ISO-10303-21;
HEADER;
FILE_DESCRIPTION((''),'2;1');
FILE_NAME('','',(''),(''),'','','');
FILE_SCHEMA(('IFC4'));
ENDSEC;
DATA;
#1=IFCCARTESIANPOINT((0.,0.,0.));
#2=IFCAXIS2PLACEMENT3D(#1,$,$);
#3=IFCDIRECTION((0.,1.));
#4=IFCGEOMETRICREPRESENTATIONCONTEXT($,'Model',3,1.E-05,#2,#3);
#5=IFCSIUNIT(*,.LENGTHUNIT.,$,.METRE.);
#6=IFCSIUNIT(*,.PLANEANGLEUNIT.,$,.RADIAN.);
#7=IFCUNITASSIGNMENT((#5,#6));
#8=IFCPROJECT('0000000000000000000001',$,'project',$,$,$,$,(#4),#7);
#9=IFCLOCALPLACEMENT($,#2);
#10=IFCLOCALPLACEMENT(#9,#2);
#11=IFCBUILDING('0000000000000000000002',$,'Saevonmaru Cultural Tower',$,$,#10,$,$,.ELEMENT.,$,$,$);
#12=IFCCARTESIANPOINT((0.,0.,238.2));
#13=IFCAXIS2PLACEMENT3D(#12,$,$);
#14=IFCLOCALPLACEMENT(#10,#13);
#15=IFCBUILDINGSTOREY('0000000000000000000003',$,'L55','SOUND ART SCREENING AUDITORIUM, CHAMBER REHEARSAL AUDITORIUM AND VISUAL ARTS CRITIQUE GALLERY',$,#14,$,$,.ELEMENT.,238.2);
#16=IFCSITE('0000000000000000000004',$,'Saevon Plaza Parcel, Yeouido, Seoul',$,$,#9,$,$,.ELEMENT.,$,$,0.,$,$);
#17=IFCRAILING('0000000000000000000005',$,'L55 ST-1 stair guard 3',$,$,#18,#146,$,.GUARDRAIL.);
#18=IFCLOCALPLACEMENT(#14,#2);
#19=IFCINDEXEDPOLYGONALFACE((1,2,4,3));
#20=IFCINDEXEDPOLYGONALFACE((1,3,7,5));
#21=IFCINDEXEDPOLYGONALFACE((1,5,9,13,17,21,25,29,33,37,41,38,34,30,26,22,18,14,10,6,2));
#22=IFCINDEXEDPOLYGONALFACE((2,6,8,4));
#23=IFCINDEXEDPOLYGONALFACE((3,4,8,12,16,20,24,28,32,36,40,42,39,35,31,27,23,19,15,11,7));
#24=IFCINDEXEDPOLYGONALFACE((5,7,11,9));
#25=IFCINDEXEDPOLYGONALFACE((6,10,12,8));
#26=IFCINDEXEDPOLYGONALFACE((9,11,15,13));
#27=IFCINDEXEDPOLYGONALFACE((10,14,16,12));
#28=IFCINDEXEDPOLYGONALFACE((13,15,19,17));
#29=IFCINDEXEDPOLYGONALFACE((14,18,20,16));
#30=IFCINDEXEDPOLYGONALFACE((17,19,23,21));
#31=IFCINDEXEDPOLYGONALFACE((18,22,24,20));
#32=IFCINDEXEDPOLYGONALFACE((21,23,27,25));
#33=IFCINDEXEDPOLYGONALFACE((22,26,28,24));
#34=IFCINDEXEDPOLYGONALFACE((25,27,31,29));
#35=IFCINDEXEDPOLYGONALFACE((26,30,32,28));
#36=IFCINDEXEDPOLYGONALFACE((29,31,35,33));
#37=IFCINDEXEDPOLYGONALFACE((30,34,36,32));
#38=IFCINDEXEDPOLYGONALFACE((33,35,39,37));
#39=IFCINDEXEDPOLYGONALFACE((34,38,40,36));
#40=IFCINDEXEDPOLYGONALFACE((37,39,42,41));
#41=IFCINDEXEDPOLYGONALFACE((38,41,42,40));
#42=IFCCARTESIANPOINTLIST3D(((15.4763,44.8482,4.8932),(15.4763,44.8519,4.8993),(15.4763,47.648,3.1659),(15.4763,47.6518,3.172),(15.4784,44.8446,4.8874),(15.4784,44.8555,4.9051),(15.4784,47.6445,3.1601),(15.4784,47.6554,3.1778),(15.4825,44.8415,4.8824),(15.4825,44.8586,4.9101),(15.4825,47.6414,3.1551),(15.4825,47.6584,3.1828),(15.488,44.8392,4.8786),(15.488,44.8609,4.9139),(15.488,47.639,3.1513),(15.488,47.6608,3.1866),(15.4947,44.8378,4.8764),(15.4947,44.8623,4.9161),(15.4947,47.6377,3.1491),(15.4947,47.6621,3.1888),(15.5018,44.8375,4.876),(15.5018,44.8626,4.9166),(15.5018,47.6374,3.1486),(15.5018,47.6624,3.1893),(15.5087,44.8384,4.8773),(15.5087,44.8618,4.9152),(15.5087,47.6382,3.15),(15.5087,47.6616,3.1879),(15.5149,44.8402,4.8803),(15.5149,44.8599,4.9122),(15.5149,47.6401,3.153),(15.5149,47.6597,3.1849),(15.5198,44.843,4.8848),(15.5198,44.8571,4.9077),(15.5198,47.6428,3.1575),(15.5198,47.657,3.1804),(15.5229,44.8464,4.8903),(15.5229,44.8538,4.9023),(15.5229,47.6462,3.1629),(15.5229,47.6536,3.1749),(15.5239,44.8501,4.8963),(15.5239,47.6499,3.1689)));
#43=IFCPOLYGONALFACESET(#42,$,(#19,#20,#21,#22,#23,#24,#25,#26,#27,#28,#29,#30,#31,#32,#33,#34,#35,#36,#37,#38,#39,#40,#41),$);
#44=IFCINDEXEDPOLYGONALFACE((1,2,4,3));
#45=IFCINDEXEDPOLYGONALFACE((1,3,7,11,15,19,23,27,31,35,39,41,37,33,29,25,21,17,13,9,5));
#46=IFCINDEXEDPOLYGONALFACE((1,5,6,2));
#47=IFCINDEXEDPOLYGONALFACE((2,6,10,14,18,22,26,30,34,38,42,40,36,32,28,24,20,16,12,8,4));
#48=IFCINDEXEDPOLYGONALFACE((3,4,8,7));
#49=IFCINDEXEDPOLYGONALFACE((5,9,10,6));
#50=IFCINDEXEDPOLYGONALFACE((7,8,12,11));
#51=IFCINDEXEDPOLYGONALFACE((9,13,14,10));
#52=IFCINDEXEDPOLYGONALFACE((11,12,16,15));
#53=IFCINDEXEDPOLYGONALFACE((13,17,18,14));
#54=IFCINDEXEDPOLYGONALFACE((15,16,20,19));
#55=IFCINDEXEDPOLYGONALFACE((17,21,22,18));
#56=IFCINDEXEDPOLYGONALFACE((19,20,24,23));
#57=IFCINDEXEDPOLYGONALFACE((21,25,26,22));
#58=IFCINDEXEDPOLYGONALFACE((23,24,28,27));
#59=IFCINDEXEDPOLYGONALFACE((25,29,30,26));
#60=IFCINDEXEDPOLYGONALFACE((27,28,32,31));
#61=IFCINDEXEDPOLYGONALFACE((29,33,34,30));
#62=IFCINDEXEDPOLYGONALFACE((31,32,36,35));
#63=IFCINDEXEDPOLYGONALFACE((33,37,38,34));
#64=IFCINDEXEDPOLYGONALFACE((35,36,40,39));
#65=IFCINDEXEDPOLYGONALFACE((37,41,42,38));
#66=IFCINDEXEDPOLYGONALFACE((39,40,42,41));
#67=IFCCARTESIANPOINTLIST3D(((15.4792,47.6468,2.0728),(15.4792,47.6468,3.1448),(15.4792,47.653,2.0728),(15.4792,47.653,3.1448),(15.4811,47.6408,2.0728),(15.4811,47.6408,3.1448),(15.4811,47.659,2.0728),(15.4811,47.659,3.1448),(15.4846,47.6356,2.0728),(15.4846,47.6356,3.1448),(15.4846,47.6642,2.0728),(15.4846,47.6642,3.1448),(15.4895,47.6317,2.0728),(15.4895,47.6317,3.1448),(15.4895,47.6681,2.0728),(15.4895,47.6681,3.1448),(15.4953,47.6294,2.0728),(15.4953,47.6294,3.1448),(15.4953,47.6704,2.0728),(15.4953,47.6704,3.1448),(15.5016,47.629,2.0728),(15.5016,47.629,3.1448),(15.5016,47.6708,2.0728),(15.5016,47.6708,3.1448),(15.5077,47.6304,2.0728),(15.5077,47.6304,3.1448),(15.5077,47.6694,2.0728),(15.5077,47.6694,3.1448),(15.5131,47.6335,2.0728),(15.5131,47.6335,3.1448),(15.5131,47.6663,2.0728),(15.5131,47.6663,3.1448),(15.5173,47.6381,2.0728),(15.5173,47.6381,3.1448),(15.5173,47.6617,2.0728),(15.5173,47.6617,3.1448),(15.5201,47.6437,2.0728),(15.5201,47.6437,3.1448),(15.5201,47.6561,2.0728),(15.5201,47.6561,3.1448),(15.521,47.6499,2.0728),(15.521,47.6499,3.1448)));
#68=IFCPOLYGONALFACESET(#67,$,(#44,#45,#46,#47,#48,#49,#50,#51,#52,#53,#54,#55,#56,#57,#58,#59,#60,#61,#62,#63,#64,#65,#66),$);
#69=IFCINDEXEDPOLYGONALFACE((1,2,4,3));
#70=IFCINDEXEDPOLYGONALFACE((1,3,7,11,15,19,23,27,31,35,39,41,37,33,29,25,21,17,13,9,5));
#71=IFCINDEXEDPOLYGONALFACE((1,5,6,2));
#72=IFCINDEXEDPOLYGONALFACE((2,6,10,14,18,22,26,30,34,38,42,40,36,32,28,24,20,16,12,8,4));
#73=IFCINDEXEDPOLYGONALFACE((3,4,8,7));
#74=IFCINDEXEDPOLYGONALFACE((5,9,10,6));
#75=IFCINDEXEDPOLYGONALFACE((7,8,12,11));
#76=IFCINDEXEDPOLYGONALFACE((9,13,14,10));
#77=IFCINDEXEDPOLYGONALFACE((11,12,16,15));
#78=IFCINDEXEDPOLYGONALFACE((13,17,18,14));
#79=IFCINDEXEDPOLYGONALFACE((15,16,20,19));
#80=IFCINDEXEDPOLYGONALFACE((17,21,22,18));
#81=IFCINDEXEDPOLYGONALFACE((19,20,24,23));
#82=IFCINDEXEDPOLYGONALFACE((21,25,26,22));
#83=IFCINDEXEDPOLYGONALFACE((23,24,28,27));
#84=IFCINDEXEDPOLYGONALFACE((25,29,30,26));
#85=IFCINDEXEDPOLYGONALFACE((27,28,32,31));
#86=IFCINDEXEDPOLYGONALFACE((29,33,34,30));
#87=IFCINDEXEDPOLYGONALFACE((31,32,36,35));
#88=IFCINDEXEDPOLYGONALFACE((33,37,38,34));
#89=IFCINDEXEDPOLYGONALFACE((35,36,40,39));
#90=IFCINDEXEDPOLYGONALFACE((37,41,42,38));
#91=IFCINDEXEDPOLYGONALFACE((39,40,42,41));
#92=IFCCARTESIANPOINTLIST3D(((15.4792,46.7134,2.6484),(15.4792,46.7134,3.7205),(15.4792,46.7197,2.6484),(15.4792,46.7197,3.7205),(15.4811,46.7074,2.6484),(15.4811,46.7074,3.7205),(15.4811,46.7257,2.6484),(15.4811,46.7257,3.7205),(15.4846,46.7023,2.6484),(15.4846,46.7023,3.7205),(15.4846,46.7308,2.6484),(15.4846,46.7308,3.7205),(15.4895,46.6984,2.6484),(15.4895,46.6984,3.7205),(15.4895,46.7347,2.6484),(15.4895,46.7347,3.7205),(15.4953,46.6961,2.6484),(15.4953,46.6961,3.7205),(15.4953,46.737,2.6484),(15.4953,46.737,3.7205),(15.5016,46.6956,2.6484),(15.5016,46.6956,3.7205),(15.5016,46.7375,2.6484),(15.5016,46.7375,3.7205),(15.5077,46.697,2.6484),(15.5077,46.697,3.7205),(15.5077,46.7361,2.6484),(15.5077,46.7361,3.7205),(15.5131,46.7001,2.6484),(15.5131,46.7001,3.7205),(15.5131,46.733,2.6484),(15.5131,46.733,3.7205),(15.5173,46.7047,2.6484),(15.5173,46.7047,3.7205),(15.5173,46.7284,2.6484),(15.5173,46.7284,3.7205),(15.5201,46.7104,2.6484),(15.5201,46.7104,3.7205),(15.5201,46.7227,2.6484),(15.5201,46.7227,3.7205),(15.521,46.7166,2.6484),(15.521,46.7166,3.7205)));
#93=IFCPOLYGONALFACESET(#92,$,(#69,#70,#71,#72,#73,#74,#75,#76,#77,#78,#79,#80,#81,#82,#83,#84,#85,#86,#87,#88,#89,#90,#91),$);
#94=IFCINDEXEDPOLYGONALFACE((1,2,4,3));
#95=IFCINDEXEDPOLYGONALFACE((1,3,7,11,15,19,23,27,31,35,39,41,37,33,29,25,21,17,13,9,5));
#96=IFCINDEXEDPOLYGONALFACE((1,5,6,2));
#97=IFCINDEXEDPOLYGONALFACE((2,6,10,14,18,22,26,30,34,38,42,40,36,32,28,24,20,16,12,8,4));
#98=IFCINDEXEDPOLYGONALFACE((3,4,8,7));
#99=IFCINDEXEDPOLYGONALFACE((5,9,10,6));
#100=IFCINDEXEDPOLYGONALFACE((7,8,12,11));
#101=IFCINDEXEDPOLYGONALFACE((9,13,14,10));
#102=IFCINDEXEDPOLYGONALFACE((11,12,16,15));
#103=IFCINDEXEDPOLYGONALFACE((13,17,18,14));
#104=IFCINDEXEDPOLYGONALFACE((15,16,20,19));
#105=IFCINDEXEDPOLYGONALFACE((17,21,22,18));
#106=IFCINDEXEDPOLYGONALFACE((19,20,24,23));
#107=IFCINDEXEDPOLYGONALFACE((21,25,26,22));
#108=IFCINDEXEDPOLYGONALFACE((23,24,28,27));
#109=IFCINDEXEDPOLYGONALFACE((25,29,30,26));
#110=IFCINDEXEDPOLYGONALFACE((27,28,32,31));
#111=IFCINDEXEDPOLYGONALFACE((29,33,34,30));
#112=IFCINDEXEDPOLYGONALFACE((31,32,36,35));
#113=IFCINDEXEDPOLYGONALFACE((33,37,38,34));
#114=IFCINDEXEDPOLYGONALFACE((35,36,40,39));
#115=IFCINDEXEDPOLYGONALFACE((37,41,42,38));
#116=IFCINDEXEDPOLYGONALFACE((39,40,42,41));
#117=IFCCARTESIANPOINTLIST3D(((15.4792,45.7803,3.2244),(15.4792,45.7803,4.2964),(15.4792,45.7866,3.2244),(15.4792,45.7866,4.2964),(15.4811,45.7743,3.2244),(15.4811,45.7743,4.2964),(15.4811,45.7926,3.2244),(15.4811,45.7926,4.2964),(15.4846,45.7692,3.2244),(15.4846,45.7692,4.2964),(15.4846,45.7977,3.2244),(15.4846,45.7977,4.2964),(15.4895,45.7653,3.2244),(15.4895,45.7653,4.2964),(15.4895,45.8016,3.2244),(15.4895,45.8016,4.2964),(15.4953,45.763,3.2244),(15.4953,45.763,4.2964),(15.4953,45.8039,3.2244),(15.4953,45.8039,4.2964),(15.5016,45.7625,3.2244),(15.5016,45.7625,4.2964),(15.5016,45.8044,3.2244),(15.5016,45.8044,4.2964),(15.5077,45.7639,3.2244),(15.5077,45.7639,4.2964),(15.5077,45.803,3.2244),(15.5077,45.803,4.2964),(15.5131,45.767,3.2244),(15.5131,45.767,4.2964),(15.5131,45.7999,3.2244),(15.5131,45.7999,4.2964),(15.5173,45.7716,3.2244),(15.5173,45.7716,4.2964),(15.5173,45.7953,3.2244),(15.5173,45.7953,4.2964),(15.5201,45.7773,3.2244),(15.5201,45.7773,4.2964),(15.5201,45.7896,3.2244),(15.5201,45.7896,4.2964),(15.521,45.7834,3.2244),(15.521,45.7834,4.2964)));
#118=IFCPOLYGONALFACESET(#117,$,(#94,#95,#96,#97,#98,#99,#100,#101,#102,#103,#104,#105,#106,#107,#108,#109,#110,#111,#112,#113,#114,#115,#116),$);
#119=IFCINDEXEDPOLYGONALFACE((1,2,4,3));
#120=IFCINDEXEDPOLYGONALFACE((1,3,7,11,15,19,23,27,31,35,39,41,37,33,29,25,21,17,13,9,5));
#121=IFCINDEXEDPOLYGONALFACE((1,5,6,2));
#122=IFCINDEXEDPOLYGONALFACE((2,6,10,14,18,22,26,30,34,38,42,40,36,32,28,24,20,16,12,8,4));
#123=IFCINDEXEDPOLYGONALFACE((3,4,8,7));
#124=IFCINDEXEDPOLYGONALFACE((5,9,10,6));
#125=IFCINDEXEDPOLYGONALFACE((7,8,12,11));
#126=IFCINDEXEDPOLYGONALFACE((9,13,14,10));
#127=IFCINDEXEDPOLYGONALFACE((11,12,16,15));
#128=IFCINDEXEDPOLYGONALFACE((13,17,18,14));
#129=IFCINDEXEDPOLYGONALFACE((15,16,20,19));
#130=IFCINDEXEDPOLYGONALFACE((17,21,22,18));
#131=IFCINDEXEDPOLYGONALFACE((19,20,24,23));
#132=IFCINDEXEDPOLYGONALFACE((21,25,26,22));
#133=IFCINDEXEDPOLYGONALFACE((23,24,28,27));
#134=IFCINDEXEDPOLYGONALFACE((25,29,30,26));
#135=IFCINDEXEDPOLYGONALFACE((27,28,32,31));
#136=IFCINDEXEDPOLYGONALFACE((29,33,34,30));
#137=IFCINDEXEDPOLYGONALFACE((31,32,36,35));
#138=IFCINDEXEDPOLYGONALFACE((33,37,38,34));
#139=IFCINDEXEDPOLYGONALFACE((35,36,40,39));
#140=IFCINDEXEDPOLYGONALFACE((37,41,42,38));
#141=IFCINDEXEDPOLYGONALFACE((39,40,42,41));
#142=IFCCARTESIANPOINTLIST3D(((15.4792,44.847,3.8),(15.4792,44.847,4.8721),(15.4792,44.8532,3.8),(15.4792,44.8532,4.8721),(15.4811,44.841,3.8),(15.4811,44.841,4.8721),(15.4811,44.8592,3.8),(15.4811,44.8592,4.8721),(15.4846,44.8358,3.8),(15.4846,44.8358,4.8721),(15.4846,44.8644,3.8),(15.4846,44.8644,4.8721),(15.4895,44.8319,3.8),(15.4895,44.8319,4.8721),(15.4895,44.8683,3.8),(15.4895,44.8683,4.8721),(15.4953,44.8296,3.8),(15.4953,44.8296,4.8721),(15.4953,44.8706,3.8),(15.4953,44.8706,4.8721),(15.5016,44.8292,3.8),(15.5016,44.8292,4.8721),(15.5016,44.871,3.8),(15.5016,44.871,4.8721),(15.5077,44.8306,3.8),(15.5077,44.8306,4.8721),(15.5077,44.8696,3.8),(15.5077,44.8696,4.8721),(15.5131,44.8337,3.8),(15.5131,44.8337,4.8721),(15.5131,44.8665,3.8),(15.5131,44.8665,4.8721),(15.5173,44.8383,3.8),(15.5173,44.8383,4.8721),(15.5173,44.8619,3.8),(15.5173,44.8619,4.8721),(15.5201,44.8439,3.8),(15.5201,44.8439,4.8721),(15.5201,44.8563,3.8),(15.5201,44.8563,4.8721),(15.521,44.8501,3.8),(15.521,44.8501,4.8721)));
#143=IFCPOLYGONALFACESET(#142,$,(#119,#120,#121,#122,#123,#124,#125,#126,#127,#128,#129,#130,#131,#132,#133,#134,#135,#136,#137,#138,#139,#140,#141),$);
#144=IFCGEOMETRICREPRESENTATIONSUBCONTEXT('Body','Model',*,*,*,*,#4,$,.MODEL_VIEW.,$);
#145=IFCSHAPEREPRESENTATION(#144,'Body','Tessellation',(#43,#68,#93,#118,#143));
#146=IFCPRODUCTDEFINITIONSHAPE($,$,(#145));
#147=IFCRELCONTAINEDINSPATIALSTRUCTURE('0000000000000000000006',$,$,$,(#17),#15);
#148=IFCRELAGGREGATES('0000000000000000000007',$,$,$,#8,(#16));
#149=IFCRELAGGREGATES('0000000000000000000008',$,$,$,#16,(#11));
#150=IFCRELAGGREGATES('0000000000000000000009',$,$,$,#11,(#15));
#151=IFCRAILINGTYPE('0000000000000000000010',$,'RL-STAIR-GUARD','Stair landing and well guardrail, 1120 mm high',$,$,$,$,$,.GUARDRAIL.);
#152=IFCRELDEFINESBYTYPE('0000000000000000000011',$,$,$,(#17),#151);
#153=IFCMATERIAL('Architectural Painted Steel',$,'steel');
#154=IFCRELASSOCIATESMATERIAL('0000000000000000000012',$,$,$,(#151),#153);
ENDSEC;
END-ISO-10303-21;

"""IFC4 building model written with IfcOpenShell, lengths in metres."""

from ifc_helpers import new_model, si_unit, direction, frame, origin, origin_2d, place, context, subcontext, project, spatial, circle, extrude, material, type_object, element, save


model = new_model("IFC4")

# Units and contexts
model_context = context("Model", 3, precision=1e-05, world=origin(), true_north=direction((0.0, 1.0)))
body_context = subcontext(model_context, "Body", "Model", "MODEL_VIEW")
ifc_project = project(units=[si_unit("LENGTHUNIT", "METRE"), si_unit("PLANEANGLEUNIT", "RADIAN")], contexts=[model_context])

# Site, building, storey
site_placement = place(None, origin())
site = spatial("IfcSite", under=ifc_project, at=site_placement, Name="Saevon Plaza Parcel, Yeouido, Seoul", CompositionType="ELEMENT", RefElevation=0.0)
building_placement = place(site_placement, origin())
building = spatial("IfcBuilding", under=site, at=building_placement, Name="Saevonmaru Cultural Tower", CompositionType="ELEMENT")
storey_placement = place(building_placement, frame((0.0, 0.0, 238.2)))
storey = spatial("IfcBuildingStorey", under=building, at=storey_placement, Name="L55", Description="SOUND ART SCREENING AUDITORIUM, CHAMBER REHEARSAL AUDITORIUM AND VISUAL ARTS CRITIQUE GALLERY", CompositionType="ELEMENT", Elevation=238.2)

# Railing
ifc_material_1 = material(Name="Architectural Painted Steel", Category="steel")
railing_type_1 = type_object("IfcRailingType", Name="RL-STAIR-GUARD", Description="Stair landing and well guardrail, 1120 mm high", PredefinedType="GUARDRAIL", material=ifc_material_1)
railing_1_placement = place(storey_placement, frame((15.5, 47.6499, 2.0728)))
element("IfcRailing", 1, at=railing_1_placement, inside=storey, type_object=railing_type_1, Name="L55 ST-1 stair guard 3", PredefinedType="GUARDRAIL", context=body_context, shape_type="SweptSolid", body=[
    extrude(circle(Radius=0.0239, at=origin_2d()), frame((0.0, 0.0, 1.0962), z_axis=(0.0, -0.851069, 0.525054), x_axis=(1.0, 0.0, 0.0)), (0.0, 0.0, 1.0), 3.2898),
    extrude(circle(Radius=0.021, at=origin_2d()), origin(), (0.0, 0.0, 1.0), 1.072),
    extrude(circle(Radius=0.021, at=origin_2d()), frame((0.0, -0.9333, 0.5757)), (0.0, 0.0, 1.0), 1.072),
    extrude(circle(Radius=0.021, at=origin_2d()), frame((0.0, -1.8665, 1.1516)), (0.0, 0.0, 1.0), 1.072),
    extrude(circle(Radius=0.021, at=origin_2d()), frame((0.0, -2.7998, 1.7273)), (0.0, 0.0, 1.0), 1.072),
])

save(model, "model.ifc")
